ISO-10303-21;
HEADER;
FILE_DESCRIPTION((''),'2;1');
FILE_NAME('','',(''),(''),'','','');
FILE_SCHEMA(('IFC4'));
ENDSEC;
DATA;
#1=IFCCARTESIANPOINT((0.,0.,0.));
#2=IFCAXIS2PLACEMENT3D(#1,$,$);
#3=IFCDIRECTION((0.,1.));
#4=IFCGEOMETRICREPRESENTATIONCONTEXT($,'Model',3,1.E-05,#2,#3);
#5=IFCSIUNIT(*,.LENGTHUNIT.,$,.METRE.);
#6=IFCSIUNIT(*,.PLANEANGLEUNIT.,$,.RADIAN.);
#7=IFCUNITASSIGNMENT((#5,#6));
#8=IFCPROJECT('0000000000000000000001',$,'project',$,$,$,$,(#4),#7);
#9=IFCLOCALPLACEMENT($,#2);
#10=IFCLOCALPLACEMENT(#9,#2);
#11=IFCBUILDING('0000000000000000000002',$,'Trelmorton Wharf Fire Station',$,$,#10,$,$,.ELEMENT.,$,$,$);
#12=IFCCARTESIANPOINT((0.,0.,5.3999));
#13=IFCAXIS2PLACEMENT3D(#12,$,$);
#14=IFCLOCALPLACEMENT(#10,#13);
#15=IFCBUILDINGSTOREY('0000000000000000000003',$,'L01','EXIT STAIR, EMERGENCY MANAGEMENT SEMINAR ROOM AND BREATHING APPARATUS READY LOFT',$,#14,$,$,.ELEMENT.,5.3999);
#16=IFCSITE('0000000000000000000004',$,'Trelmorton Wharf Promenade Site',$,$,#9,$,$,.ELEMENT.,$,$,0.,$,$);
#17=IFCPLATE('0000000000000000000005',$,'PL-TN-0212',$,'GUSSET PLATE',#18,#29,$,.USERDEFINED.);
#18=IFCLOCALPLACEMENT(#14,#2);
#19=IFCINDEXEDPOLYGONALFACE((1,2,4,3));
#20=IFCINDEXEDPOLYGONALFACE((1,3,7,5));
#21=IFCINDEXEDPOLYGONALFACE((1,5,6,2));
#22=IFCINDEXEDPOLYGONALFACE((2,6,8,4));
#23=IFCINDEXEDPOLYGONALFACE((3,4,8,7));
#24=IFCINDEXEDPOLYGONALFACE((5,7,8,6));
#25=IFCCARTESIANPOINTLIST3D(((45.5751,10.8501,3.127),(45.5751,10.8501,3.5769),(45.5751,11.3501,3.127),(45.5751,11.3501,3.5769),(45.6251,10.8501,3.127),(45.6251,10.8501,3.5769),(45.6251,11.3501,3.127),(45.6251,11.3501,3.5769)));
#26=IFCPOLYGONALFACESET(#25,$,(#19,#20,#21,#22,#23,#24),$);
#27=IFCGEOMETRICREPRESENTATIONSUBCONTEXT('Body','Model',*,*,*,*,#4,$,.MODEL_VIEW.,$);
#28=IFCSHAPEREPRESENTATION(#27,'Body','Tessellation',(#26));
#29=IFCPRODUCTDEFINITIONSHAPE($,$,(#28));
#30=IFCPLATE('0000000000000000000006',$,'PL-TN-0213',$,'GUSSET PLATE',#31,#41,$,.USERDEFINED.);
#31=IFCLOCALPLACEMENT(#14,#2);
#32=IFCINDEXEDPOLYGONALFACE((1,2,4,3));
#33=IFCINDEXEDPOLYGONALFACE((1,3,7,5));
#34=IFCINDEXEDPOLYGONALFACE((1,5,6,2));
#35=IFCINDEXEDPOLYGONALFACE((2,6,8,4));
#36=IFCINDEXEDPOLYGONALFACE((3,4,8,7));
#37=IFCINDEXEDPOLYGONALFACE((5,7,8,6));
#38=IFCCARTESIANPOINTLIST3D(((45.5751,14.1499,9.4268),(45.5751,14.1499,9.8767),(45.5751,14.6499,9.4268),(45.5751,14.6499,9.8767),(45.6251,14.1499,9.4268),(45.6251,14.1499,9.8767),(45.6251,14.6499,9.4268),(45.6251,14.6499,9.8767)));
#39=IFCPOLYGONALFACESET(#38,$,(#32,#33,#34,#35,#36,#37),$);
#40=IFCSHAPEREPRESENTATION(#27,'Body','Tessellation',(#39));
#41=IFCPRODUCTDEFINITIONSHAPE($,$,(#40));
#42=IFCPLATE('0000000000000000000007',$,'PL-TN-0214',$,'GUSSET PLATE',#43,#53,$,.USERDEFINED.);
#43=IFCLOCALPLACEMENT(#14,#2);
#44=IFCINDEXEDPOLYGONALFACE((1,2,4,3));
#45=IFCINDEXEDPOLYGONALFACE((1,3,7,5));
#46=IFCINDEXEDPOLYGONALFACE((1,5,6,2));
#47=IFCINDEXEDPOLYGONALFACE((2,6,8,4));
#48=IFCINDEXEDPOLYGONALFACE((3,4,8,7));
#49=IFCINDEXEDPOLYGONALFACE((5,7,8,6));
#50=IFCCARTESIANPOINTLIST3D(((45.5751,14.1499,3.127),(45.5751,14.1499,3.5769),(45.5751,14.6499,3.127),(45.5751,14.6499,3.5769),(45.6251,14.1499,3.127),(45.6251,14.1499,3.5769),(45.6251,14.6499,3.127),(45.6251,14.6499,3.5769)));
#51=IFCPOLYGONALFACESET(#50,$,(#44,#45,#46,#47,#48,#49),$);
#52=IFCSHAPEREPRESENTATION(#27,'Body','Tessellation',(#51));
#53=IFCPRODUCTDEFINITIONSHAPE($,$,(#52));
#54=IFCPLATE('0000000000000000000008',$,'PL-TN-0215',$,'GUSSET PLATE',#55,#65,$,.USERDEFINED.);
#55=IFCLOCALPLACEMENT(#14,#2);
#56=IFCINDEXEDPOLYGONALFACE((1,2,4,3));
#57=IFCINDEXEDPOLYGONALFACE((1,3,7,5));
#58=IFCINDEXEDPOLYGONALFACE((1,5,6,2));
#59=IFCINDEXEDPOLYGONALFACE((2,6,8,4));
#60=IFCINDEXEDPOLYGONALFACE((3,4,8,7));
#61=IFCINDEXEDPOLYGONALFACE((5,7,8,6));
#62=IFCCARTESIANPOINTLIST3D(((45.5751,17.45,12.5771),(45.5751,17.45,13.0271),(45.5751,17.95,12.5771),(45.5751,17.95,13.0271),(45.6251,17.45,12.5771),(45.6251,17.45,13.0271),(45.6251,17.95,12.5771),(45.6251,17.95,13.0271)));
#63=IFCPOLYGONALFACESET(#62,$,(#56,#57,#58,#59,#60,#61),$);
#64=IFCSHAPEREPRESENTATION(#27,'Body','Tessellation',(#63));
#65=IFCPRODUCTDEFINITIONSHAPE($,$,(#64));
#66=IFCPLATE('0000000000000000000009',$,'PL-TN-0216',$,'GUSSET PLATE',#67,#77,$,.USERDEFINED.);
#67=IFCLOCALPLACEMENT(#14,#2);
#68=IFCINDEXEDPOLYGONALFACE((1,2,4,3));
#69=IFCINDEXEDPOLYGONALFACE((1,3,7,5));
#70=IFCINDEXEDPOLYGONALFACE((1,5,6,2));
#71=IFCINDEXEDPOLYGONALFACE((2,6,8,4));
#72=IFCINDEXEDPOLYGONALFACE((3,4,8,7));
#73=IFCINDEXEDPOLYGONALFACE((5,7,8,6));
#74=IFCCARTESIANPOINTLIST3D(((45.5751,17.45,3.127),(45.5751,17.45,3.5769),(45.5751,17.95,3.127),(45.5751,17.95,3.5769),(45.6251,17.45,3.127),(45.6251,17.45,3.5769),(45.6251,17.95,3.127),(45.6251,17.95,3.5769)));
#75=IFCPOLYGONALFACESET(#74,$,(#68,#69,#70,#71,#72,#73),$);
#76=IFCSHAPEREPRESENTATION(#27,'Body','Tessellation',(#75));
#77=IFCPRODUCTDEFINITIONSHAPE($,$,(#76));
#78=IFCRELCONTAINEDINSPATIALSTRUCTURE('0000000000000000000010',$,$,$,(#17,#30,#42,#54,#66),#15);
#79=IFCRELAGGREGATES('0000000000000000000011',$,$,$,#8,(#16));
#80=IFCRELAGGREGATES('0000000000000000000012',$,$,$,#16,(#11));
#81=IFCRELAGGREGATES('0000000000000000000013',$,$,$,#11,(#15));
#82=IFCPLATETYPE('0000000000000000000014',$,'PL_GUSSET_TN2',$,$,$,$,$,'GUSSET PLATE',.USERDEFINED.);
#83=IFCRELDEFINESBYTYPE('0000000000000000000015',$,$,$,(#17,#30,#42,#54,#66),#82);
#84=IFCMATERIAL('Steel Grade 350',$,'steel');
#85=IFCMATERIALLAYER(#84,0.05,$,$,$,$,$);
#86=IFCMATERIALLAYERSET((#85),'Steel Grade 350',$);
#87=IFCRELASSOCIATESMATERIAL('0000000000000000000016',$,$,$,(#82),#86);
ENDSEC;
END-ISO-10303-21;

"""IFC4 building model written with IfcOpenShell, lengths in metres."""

from ifc_helpers import new_model, si_unit, direction, frame, origin, origin_2d, place, context, subcontext, project, spatial, rectangle, extrude, material, layer, layer_set, type_object, element, save


model = new_model("IFC4")

# Units and contexts
model_context = context("Model", 3, precision=1e-05, world=origin(), true_north=direction((0.0, 1.0)))
body_context = subcontext(model_context, "Body", "Model", "MODEL_VIEW")
ifc_project = project(units=[si_unit("LENGTHUNIT", "METRE"), si_unit("PLANEANGLEUNIT", "RADIAN")], contexts=[model_context])

# Site, building, storey
site_placement = place(None, origin())
site = spatial("IfcSite", under=ifc_project, at=site_placement, Name="Trelmorton Wharf Promenade Site", CompositionType="ELEMENT", RefElevation=0.0)
building_placement = place(site_placement, origin())
building = spatial("IfcBuilding", under=site, at=building_placement, Name="Trelmorton Wharf Fire Station", CompositionType="ELEMENT")
storey_placement = place(building_placement, frame((0.0, 0.0, 5.3999)))
storey = spatial("IfcBuildingStorey", under=building, at=storey_placement, Name="L01", Description="EXIT STAIR, EMERGENCY MANAGEMENT SEMINAR ROOM AND BREATHING APPARATUS READY LOFT", CompositionType="ELEMENT", Elevation=5.3999)

# Shared definitions
ifc_material_1 = material(Name="Steel Grade 350", Category="steel")

# Plates
ifc_layer_1 = layer(ifc_material_1, 0.05)
ifc_layer_set_1 = layer_set([ifc_layer_1], Name="Steel Grade 350")
plate_type_1 = type_object("IfcPlateType", Name="PL_GUSSET_TN2", ElementType="GUSSET PLATE", PredefinedType="USERDEFINED", material=ifc_layer_set_1)
for number, where, z_axis, x_axis, name in (
    (1, (45.6001, 11.1001, 3.127), (0.0, 0.0, 1.0), (1.0, 0.0, 0.0), "PL-TN-0212"),
    (2, (45.6001, 14.3999, 9.4268), (0.0, 0.0, 1.0), (1.0, 0.0, 0.0), "PL-TN-0213"),
    (3, (45.6001, 14.3999, 3.127), (0.0, 0.0, 1.0), (1.0, 0.0, 0.0), "PL-TN-0214"),
    (4, (45.6001, 17.7, 12.5771), (0.0, 0.0, 1.0), (1.0, 0.0, 0.0), "PL-TN-0215"),
    (5, (45.6001, 17.7, 3.127), (0.0, 0.0, 1.0), (1.0, 0.0, 0.0), "PL-TN-0216"),
):
    element("IfcPlate", number, at=place(storey_placement, frame(where, z_axis=z_axis, x_axis=x_axis)), inside=storey, type_object=plate_type_1, Name=name, ObjectType="GUSSET PLATE", PredefinedType="USERDEFINED", context=body_context, shape_type="SweptSolid", body=[
        extrude(rectangle(XDim=0.05, YDim=0.5, at=origin_2d()), origin(), (0.0, 0.0, 1.0), 0.45),
    ])

save(model, "model.ifc")
